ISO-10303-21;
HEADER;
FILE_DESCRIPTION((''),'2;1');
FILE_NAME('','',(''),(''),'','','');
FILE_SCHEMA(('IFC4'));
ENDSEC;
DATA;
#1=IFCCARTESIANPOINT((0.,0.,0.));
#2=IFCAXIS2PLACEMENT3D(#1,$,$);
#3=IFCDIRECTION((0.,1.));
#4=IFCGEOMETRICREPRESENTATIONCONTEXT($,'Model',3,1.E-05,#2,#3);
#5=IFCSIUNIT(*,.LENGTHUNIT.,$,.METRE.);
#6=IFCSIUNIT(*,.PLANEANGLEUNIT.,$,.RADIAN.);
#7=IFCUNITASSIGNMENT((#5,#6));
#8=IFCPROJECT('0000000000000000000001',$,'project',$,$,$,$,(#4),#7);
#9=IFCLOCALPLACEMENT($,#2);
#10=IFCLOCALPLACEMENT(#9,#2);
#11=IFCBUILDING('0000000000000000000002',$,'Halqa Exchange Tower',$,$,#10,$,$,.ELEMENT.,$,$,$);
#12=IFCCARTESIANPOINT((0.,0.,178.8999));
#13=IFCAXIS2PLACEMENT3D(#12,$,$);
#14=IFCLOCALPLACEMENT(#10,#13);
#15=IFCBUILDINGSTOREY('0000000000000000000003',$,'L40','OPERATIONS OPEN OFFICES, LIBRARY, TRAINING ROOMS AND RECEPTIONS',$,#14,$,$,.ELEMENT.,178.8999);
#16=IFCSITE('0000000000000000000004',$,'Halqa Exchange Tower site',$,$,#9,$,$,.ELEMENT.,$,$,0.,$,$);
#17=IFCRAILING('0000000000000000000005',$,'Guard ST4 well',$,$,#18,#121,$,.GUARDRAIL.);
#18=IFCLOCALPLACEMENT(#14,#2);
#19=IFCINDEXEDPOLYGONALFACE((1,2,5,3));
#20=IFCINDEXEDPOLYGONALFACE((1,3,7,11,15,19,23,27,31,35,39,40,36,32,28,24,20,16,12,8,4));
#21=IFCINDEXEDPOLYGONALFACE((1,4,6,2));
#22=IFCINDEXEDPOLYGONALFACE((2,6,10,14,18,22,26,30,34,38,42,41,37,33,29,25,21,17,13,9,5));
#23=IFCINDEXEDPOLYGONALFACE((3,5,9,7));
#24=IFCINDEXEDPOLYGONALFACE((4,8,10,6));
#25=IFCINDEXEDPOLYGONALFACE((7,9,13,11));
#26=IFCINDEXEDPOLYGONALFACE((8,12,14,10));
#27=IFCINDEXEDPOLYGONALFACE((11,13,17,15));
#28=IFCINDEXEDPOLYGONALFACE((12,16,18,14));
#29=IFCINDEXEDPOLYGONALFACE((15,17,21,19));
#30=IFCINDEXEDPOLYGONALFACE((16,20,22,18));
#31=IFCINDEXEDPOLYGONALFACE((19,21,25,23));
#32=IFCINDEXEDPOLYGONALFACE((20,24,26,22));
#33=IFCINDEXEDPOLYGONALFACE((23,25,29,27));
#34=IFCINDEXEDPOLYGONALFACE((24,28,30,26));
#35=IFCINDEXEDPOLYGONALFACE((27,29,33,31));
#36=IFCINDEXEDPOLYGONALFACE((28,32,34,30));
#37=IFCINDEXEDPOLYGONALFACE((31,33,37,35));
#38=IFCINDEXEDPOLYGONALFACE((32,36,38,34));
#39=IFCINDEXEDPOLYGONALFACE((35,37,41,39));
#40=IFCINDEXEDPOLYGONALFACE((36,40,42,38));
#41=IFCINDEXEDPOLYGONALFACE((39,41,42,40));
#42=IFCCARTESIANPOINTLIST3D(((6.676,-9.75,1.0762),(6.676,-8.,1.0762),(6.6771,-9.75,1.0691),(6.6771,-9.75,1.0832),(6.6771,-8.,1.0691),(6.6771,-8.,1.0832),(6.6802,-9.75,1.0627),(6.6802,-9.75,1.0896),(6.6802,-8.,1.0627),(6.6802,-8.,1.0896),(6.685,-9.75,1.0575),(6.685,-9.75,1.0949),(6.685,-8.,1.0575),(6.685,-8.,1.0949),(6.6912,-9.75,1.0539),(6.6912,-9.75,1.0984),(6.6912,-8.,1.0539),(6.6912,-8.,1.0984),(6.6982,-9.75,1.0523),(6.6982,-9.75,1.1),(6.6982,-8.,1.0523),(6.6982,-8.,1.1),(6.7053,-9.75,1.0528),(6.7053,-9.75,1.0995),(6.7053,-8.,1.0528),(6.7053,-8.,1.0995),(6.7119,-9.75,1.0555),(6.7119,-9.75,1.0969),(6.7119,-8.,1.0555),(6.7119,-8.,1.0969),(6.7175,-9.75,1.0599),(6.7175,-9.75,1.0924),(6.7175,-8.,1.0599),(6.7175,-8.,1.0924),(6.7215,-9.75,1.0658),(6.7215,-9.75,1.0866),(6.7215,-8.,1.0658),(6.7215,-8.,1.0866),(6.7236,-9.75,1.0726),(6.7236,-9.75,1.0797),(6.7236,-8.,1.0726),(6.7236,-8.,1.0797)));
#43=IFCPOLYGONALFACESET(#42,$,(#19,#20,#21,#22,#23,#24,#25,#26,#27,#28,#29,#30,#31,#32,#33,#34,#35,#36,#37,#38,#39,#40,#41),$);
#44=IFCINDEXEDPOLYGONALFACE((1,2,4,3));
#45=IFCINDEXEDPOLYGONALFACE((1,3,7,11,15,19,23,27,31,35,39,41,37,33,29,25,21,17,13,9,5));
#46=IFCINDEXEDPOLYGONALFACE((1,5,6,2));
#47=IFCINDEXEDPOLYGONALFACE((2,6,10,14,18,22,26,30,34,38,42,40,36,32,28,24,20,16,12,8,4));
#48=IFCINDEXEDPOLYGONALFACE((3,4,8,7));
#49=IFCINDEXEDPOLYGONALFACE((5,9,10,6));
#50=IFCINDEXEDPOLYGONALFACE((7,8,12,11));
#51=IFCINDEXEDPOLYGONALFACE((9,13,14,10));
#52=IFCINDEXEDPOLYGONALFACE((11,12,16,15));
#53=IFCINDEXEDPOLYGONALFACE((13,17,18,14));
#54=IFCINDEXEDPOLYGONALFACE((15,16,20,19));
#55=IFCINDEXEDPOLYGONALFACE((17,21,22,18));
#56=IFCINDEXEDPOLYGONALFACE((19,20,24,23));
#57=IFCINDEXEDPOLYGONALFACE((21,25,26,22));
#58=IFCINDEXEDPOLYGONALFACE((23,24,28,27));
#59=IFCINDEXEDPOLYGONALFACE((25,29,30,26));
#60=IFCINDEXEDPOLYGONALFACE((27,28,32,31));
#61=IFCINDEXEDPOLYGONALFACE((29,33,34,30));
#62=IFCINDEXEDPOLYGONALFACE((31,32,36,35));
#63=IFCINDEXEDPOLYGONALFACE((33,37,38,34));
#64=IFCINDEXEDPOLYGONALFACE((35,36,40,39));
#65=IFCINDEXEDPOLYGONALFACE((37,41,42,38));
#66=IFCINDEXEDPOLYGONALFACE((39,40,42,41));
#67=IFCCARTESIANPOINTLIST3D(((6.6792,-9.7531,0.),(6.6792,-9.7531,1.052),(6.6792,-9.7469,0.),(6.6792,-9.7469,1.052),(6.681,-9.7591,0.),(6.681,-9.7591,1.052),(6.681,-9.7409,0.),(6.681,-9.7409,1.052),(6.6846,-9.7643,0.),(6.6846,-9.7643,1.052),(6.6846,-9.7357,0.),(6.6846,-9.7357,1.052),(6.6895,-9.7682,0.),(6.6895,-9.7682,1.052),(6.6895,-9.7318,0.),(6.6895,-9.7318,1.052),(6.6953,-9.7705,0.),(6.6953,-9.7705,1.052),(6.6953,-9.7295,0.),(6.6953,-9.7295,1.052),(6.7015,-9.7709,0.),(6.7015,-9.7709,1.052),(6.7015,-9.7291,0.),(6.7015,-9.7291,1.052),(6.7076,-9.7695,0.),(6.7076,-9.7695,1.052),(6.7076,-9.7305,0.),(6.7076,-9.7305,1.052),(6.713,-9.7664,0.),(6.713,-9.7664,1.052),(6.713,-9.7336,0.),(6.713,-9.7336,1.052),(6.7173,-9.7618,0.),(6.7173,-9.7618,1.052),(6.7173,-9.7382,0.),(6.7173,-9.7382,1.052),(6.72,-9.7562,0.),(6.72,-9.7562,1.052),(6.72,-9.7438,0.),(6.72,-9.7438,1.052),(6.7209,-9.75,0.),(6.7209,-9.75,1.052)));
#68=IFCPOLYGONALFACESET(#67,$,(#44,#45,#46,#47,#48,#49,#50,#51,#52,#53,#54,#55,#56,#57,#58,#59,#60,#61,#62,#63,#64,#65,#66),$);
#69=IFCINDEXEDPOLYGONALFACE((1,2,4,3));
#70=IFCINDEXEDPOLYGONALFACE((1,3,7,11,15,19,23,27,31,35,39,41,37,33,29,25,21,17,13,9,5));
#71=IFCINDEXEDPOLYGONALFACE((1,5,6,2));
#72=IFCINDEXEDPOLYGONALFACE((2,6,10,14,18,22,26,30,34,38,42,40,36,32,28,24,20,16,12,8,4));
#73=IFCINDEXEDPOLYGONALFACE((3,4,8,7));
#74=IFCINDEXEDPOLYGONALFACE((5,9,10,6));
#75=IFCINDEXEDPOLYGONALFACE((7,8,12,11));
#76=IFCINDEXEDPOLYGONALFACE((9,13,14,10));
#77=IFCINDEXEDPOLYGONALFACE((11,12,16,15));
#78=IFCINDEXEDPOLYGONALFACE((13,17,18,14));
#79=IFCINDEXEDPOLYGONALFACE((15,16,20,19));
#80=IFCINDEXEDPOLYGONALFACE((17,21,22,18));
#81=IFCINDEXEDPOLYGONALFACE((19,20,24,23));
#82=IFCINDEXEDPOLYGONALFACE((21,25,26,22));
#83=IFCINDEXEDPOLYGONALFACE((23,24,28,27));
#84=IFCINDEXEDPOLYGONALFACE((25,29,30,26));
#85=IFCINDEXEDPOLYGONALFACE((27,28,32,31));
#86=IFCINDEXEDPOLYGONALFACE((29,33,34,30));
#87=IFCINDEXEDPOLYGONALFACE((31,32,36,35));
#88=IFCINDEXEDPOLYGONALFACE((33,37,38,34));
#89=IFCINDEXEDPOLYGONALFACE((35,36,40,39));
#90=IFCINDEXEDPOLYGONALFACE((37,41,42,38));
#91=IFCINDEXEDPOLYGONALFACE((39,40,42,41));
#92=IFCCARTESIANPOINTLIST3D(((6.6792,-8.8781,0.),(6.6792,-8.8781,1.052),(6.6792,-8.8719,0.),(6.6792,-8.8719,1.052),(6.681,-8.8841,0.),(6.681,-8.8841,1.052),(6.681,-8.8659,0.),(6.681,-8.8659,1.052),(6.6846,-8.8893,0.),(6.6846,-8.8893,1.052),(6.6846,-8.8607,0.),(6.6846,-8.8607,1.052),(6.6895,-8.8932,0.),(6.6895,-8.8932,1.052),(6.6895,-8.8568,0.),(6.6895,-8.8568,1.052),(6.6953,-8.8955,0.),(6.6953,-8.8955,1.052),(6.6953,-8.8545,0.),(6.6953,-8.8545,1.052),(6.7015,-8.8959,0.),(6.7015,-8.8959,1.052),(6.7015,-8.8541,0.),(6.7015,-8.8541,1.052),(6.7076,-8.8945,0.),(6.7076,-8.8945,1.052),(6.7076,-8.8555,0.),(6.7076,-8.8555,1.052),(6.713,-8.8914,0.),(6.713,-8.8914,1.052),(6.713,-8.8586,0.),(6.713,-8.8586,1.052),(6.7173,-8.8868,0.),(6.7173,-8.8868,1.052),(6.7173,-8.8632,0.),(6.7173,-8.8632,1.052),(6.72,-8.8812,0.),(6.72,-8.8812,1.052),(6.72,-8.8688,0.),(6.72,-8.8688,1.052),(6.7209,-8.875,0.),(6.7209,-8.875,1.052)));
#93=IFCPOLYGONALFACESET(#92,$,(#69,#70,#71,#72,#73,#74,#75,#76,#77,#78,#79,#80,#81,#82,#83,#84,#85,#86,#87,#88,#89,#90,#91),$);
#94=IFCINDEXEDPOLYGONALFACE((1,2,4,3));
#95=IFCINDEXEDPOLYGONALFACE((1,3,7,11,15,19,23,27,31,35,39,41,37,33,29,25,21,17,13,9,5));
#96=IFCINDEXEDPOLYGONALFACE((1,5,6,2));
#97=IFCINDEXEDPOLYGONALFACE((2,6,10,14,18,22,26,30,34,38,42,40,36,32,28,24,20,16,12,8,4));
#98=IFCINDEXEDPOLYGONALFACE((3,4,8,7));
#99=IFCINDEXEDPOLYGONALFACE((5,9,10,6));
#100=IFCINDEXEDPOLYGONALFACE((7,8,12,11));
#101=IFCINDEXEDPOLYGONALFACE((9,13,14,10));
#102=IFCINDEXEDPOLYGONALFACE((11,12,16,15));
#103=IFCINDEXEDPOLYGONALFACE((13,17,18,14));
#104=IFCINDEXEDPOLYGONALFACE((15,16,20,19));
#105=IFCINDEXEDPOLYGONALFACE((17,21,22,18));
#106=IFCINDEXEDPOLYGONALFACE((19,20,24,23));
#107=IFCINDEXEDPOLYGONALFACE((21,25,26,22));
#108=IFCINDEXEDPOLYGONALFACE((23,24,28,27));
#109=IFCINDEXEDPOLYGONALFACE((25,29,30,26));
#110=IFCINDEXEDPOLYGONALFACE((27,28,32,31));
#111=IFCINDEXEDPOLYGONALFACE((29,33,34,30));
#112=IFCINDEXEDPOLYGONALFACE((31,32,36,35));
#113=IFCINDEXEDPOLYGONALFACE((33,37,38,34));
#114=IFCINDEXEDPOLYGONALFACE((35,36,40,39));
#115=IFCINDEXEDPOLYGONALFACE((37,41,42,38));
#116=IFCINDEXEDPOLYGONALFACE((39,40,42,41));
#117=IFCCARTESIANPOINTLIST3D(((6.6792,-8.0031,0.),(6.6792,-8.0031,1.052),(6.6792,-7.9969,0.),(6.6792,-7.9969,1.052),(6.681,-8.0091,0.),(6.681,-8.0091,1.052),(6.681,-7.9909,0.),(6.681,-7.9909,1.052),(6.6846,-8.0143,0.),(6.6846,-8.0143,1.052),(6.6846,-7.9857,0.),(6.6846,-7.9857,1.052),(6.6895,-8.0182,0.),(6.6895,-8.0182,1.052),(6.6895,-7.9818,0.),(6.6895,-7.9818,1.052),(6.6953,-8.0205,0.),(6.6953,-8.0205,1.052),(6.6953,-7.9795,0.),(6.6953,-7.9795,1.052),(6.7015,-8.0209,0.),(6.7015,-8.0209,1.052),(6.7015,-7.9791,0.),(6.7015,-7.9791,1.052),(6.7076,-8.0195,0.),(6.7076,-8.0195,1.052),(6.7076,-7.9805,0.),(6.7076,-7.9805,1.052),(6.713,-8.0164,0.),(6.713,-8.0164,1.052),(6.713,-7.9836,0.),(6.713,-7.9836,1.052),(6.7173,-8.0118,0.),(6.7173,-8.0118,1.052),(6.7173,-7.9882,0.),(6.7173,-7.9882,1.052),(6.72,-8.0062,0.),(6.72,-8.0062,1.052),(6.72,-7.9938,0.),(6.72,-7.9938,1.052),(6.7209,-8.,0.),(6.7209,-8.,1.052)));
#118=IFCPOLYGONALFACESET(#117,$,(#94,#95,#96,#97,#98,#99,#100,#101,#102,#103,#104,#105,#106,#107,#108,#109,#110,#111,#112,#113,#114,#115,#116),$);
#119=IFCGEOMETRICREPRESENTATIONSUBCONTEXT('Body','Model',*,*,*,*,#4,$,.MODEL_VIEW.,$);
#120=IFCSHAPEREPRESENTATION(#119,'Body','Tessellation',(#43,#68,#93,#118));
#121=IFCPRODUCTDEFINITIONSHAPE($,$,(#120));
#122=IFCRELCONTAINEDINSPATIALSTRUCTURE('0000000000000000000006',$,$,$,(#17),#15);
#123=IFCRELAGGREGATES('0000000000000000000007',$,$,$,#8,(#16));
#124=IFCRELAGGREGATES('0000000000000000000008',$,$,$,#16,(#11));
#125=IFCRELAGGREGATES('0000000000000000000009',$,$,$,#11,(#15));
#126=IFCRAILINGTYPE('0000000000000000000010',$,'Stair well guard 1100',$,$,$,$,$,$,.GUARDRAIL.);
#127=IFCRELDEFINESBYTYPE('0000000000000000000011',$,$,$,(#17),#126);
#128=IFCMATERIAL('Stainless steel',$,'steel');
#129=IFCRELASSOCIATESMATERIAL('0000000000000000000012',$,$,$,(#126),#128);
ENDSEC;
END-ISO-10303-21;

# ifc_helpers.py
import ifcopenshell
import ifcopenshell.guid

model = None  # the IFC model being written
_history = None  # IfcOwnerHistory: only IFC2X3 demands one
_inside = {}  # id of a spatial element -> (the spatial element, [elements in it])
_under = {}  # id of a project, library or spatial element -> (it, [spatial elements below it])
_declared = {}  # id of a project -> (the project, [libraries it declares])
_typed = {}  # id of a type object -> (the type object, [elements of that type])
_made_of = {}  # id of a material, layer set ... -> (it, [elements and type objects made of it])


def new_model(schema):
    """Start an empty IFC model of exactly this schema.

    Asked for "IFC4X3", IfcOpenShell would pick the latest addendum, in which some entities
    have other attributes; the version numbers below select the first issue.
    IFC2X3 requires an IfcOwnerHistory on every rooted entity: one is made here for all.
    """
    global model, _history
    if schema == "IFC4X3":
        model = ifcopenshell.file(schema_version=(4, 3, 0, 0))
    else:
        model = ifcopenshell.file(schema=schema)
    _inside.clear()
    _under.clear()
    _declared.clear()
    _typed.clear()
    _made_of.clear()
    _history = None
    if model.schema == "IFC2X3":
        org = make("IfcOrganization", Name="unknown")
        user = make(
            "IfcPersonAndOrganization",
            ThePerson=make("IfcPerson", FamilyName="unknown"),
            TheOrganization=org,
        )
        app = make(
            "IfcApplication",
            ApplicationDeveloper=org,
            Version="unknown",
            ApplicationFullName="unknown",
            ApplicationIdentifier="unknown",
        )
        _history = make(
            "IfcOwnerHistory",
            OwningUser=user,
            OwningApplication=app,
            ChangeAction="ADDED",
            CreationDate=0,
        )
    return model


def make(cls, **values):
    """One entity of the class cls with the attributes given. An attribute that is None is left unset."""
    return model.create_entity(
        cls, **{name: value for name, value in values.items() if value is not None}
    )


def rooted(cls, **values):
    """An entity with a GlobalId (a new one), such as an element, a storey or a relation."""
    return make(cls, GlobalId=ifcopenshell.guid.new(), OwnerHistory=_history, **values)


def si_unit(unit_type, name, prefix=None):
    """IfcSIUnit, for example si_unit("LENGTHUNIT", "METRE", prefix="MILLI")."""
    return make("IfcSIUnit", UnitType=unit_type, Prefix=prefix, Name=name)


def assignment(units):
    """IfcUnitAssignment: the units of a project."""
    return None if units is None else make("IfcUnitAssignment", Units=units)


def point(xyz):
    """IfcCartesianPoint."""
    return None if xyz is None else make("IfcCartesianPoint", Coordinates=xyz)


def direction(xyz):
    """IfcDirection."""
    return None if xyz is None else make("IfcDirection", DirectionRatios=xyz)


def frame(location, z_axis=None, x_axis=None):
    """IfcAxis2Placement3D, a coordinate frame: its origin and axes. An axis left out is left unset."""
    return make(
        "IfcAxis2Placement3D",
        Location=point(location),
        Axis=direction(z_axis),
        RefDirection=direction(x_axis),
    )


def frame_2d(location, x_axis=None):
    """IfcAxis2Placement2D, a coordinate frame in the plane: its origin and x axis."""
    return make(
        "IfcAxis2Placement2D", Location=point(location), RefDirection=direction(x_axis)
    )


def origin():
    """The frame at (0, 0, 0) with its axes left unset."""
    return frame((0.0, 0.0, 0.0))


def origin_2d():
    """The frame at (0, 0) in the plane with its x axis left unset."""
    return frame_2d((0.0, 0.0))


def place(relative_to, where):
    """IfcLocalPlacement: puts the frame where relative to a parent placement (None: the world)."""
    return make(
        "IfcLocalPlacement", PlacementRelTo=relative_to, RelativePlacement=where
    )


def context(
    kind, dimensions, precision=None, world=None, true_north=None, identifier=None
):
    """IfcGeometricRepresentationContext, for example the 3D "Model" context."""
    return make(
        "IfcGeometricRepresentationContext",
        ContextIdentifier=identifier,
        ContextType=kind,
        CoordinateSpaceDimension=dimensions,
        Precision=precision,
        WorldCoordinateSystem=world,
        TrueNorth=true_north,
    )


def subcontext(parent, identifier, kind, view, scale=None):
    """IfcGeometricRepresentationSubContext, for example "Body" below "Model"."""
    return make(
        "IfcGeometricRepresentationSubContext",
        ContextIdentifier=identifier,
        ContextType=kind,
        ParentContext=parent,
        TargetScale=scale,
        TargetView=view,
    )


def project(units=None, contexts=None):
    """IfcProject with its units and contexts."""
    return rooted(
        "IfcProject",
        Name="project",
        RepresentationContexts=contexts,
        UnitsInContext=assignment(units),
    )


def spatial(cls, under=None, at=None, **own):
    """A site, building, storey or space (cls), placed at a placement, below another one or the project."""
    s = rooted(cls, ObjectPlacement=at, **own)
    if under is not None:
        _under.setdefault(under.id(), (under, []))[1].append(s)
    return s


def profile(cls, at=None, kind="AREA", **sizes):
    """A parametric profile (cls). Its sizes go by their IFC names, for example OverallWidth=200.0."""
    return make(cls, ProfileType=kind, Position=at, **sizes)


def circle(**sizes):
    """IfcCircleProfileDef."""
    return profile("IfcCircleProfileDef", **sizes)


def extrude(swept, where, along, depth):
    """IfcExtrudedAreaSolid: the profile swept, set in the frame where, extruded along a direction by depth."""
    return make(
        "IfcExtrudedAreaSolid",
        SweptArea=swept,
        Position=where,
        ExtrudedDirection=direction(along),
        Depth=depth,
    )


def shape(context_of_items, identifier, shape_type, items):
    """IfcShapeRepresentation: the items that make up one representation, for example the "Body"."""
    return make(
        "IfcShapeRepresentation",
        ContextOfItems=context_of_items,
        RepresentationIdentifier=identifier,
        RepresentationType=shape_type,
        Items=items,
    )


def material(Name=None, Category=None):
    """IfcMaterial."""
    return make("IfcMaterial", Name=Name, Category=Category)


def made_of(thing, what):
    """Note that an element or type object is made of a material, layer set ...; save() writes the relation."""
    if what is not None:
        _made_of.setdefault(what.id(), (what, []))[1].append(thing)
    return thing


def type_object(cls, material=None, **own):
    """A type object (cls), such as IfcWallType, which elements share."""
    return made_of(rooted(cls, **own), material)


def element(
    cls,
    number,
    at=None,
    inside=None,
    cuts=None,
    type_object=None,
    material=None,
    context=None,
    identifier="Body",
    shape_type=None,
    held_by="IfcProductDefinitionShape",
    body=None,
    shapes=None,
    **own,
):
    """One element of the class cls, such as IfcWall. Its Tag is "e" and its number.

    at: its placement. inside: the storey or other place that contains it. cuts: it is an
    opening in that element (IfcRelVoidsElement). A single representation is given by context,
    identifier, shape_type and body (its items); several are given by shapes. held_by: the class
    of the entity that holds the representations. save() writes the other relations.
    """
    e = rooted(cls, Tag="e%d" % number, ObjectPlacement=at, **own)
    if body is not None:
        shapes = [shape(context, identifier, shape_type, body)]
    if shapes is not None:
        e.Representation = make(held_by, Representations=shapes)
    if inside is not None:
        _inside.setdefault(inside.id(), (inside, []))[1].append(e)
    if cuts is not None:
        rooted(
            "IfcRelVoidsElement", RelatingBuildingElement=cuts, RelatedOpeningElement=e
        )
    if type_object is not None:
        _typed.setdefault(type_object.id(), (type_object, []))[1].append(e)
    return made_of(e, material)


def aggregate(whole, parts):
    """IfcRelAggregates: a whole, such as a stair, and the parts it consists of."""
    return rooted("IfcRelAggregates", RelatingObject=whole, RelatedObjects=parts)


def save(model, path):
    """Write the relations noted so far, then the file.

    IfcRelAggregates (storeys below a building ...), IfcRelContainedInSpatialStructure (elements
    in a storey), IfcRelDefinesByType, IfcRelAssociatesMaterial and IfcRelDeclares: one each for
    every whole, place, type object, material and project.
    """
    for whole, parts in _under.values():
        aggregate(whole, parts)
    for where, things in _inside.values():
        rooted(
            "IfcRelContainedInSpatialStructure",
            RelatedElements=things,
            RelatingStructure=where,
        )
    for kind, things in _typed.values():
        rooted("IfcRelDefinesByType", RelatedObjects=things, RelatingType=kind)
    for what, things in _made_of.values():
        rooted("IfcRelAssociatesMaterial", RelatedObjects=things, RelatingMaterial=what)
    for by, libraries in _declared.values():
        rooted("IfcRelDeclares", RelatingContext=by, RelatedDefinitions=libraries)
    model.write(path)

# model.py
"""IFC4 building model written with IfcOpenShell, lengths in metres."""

from ifc_helpers import new_model, si_unit, direction, frame, origin, origin_2d, place, context, subcontext, project, spatial, circle, extrude, material, type_object, element, save


model = new_model("IFC4")

# Units and contexts
model_context = context("Model", 3, precision=1e-05, world=origin(), true_north=direction((0.0, 1.0)))
body_context = subcontext(model_context, "Body", "Model", "MODEL_VIEW")
ifc_project = project(units=[si_unit("LENGTHUNIT", "METRE"), si_unit("PLANEANGLEUNIT", "RADIAN")], contexts=[model_context])

# Site, building, storey
site_placement = place(None, origin())
site = spatial("IfcSite", under=ifc_project, at=site_placement, Name="Halqa Exchange Tower site", CompositionType="ELEMENT", RefElevation=0.0)
building_placement = place(site_placement, origin())
building = spatial("IfcBuilding", under=site, at=building_placement, Name="Halqa Exchange Tower", CompositionType="ELEMENT")
storey_placement = place(building_placement, frame((0.0, 0.0, 178.8999)))
storey = spatial("IfcBuildingStorey", under=building, at=storey_placement, Name="L40", Description="OPERATIONS OPEN OFFICES, LIBRARY, TRAINING ROOMS AND RECEPTIONS", CompositionType="ELEMENT", Elevation=178.8999)

# Railing
ifc_material_1 = material(Name="Stainless steel", Category="steel")
railing_type_1 = type_object("IfcRailingType", Name="Stair well guard 1100", PredefinedType="GUARDRAIL", material=ifc_material_1)
railing_1_placement = place(storey_placement, frame((6.7, -9.75, 0.0)))
element("IfcRailing", 1, at=railing_1_placement, inside=storey, type_object=railing_type_1, Name="Guard ST4 well", PredefinedType="GUARDRAIL", context=body_context, shape_type="SweptSolid", body=[
    extrude(circle(Radius=0.0239, at=origin_2d()), frame((0.0, 0.0, 1.0762), z_axis=(0.0, 1.0, 0.0), x_axis=(-1.0, 0.0, 0.0)), (0.0, 0.0, 1.0), 1.75),
    extrude(circle(Radius=0.021, at=origin_2d()), origin(), (0.0, 0.0, 1.0), 1.052),
    extrude(circle(Radius=0.021, at=origin_2d()), frame((0.0, 0.875, 0.0)), (0.0, 0.0, 1.0), 1.052),
    extrude(circle(Radius=0.021, at=origin_2d()), frame((0.0, 1.75, 0.0)), (0.0, 0.0, 1.0), 1.052),
])

save(model, "model.ifc")
